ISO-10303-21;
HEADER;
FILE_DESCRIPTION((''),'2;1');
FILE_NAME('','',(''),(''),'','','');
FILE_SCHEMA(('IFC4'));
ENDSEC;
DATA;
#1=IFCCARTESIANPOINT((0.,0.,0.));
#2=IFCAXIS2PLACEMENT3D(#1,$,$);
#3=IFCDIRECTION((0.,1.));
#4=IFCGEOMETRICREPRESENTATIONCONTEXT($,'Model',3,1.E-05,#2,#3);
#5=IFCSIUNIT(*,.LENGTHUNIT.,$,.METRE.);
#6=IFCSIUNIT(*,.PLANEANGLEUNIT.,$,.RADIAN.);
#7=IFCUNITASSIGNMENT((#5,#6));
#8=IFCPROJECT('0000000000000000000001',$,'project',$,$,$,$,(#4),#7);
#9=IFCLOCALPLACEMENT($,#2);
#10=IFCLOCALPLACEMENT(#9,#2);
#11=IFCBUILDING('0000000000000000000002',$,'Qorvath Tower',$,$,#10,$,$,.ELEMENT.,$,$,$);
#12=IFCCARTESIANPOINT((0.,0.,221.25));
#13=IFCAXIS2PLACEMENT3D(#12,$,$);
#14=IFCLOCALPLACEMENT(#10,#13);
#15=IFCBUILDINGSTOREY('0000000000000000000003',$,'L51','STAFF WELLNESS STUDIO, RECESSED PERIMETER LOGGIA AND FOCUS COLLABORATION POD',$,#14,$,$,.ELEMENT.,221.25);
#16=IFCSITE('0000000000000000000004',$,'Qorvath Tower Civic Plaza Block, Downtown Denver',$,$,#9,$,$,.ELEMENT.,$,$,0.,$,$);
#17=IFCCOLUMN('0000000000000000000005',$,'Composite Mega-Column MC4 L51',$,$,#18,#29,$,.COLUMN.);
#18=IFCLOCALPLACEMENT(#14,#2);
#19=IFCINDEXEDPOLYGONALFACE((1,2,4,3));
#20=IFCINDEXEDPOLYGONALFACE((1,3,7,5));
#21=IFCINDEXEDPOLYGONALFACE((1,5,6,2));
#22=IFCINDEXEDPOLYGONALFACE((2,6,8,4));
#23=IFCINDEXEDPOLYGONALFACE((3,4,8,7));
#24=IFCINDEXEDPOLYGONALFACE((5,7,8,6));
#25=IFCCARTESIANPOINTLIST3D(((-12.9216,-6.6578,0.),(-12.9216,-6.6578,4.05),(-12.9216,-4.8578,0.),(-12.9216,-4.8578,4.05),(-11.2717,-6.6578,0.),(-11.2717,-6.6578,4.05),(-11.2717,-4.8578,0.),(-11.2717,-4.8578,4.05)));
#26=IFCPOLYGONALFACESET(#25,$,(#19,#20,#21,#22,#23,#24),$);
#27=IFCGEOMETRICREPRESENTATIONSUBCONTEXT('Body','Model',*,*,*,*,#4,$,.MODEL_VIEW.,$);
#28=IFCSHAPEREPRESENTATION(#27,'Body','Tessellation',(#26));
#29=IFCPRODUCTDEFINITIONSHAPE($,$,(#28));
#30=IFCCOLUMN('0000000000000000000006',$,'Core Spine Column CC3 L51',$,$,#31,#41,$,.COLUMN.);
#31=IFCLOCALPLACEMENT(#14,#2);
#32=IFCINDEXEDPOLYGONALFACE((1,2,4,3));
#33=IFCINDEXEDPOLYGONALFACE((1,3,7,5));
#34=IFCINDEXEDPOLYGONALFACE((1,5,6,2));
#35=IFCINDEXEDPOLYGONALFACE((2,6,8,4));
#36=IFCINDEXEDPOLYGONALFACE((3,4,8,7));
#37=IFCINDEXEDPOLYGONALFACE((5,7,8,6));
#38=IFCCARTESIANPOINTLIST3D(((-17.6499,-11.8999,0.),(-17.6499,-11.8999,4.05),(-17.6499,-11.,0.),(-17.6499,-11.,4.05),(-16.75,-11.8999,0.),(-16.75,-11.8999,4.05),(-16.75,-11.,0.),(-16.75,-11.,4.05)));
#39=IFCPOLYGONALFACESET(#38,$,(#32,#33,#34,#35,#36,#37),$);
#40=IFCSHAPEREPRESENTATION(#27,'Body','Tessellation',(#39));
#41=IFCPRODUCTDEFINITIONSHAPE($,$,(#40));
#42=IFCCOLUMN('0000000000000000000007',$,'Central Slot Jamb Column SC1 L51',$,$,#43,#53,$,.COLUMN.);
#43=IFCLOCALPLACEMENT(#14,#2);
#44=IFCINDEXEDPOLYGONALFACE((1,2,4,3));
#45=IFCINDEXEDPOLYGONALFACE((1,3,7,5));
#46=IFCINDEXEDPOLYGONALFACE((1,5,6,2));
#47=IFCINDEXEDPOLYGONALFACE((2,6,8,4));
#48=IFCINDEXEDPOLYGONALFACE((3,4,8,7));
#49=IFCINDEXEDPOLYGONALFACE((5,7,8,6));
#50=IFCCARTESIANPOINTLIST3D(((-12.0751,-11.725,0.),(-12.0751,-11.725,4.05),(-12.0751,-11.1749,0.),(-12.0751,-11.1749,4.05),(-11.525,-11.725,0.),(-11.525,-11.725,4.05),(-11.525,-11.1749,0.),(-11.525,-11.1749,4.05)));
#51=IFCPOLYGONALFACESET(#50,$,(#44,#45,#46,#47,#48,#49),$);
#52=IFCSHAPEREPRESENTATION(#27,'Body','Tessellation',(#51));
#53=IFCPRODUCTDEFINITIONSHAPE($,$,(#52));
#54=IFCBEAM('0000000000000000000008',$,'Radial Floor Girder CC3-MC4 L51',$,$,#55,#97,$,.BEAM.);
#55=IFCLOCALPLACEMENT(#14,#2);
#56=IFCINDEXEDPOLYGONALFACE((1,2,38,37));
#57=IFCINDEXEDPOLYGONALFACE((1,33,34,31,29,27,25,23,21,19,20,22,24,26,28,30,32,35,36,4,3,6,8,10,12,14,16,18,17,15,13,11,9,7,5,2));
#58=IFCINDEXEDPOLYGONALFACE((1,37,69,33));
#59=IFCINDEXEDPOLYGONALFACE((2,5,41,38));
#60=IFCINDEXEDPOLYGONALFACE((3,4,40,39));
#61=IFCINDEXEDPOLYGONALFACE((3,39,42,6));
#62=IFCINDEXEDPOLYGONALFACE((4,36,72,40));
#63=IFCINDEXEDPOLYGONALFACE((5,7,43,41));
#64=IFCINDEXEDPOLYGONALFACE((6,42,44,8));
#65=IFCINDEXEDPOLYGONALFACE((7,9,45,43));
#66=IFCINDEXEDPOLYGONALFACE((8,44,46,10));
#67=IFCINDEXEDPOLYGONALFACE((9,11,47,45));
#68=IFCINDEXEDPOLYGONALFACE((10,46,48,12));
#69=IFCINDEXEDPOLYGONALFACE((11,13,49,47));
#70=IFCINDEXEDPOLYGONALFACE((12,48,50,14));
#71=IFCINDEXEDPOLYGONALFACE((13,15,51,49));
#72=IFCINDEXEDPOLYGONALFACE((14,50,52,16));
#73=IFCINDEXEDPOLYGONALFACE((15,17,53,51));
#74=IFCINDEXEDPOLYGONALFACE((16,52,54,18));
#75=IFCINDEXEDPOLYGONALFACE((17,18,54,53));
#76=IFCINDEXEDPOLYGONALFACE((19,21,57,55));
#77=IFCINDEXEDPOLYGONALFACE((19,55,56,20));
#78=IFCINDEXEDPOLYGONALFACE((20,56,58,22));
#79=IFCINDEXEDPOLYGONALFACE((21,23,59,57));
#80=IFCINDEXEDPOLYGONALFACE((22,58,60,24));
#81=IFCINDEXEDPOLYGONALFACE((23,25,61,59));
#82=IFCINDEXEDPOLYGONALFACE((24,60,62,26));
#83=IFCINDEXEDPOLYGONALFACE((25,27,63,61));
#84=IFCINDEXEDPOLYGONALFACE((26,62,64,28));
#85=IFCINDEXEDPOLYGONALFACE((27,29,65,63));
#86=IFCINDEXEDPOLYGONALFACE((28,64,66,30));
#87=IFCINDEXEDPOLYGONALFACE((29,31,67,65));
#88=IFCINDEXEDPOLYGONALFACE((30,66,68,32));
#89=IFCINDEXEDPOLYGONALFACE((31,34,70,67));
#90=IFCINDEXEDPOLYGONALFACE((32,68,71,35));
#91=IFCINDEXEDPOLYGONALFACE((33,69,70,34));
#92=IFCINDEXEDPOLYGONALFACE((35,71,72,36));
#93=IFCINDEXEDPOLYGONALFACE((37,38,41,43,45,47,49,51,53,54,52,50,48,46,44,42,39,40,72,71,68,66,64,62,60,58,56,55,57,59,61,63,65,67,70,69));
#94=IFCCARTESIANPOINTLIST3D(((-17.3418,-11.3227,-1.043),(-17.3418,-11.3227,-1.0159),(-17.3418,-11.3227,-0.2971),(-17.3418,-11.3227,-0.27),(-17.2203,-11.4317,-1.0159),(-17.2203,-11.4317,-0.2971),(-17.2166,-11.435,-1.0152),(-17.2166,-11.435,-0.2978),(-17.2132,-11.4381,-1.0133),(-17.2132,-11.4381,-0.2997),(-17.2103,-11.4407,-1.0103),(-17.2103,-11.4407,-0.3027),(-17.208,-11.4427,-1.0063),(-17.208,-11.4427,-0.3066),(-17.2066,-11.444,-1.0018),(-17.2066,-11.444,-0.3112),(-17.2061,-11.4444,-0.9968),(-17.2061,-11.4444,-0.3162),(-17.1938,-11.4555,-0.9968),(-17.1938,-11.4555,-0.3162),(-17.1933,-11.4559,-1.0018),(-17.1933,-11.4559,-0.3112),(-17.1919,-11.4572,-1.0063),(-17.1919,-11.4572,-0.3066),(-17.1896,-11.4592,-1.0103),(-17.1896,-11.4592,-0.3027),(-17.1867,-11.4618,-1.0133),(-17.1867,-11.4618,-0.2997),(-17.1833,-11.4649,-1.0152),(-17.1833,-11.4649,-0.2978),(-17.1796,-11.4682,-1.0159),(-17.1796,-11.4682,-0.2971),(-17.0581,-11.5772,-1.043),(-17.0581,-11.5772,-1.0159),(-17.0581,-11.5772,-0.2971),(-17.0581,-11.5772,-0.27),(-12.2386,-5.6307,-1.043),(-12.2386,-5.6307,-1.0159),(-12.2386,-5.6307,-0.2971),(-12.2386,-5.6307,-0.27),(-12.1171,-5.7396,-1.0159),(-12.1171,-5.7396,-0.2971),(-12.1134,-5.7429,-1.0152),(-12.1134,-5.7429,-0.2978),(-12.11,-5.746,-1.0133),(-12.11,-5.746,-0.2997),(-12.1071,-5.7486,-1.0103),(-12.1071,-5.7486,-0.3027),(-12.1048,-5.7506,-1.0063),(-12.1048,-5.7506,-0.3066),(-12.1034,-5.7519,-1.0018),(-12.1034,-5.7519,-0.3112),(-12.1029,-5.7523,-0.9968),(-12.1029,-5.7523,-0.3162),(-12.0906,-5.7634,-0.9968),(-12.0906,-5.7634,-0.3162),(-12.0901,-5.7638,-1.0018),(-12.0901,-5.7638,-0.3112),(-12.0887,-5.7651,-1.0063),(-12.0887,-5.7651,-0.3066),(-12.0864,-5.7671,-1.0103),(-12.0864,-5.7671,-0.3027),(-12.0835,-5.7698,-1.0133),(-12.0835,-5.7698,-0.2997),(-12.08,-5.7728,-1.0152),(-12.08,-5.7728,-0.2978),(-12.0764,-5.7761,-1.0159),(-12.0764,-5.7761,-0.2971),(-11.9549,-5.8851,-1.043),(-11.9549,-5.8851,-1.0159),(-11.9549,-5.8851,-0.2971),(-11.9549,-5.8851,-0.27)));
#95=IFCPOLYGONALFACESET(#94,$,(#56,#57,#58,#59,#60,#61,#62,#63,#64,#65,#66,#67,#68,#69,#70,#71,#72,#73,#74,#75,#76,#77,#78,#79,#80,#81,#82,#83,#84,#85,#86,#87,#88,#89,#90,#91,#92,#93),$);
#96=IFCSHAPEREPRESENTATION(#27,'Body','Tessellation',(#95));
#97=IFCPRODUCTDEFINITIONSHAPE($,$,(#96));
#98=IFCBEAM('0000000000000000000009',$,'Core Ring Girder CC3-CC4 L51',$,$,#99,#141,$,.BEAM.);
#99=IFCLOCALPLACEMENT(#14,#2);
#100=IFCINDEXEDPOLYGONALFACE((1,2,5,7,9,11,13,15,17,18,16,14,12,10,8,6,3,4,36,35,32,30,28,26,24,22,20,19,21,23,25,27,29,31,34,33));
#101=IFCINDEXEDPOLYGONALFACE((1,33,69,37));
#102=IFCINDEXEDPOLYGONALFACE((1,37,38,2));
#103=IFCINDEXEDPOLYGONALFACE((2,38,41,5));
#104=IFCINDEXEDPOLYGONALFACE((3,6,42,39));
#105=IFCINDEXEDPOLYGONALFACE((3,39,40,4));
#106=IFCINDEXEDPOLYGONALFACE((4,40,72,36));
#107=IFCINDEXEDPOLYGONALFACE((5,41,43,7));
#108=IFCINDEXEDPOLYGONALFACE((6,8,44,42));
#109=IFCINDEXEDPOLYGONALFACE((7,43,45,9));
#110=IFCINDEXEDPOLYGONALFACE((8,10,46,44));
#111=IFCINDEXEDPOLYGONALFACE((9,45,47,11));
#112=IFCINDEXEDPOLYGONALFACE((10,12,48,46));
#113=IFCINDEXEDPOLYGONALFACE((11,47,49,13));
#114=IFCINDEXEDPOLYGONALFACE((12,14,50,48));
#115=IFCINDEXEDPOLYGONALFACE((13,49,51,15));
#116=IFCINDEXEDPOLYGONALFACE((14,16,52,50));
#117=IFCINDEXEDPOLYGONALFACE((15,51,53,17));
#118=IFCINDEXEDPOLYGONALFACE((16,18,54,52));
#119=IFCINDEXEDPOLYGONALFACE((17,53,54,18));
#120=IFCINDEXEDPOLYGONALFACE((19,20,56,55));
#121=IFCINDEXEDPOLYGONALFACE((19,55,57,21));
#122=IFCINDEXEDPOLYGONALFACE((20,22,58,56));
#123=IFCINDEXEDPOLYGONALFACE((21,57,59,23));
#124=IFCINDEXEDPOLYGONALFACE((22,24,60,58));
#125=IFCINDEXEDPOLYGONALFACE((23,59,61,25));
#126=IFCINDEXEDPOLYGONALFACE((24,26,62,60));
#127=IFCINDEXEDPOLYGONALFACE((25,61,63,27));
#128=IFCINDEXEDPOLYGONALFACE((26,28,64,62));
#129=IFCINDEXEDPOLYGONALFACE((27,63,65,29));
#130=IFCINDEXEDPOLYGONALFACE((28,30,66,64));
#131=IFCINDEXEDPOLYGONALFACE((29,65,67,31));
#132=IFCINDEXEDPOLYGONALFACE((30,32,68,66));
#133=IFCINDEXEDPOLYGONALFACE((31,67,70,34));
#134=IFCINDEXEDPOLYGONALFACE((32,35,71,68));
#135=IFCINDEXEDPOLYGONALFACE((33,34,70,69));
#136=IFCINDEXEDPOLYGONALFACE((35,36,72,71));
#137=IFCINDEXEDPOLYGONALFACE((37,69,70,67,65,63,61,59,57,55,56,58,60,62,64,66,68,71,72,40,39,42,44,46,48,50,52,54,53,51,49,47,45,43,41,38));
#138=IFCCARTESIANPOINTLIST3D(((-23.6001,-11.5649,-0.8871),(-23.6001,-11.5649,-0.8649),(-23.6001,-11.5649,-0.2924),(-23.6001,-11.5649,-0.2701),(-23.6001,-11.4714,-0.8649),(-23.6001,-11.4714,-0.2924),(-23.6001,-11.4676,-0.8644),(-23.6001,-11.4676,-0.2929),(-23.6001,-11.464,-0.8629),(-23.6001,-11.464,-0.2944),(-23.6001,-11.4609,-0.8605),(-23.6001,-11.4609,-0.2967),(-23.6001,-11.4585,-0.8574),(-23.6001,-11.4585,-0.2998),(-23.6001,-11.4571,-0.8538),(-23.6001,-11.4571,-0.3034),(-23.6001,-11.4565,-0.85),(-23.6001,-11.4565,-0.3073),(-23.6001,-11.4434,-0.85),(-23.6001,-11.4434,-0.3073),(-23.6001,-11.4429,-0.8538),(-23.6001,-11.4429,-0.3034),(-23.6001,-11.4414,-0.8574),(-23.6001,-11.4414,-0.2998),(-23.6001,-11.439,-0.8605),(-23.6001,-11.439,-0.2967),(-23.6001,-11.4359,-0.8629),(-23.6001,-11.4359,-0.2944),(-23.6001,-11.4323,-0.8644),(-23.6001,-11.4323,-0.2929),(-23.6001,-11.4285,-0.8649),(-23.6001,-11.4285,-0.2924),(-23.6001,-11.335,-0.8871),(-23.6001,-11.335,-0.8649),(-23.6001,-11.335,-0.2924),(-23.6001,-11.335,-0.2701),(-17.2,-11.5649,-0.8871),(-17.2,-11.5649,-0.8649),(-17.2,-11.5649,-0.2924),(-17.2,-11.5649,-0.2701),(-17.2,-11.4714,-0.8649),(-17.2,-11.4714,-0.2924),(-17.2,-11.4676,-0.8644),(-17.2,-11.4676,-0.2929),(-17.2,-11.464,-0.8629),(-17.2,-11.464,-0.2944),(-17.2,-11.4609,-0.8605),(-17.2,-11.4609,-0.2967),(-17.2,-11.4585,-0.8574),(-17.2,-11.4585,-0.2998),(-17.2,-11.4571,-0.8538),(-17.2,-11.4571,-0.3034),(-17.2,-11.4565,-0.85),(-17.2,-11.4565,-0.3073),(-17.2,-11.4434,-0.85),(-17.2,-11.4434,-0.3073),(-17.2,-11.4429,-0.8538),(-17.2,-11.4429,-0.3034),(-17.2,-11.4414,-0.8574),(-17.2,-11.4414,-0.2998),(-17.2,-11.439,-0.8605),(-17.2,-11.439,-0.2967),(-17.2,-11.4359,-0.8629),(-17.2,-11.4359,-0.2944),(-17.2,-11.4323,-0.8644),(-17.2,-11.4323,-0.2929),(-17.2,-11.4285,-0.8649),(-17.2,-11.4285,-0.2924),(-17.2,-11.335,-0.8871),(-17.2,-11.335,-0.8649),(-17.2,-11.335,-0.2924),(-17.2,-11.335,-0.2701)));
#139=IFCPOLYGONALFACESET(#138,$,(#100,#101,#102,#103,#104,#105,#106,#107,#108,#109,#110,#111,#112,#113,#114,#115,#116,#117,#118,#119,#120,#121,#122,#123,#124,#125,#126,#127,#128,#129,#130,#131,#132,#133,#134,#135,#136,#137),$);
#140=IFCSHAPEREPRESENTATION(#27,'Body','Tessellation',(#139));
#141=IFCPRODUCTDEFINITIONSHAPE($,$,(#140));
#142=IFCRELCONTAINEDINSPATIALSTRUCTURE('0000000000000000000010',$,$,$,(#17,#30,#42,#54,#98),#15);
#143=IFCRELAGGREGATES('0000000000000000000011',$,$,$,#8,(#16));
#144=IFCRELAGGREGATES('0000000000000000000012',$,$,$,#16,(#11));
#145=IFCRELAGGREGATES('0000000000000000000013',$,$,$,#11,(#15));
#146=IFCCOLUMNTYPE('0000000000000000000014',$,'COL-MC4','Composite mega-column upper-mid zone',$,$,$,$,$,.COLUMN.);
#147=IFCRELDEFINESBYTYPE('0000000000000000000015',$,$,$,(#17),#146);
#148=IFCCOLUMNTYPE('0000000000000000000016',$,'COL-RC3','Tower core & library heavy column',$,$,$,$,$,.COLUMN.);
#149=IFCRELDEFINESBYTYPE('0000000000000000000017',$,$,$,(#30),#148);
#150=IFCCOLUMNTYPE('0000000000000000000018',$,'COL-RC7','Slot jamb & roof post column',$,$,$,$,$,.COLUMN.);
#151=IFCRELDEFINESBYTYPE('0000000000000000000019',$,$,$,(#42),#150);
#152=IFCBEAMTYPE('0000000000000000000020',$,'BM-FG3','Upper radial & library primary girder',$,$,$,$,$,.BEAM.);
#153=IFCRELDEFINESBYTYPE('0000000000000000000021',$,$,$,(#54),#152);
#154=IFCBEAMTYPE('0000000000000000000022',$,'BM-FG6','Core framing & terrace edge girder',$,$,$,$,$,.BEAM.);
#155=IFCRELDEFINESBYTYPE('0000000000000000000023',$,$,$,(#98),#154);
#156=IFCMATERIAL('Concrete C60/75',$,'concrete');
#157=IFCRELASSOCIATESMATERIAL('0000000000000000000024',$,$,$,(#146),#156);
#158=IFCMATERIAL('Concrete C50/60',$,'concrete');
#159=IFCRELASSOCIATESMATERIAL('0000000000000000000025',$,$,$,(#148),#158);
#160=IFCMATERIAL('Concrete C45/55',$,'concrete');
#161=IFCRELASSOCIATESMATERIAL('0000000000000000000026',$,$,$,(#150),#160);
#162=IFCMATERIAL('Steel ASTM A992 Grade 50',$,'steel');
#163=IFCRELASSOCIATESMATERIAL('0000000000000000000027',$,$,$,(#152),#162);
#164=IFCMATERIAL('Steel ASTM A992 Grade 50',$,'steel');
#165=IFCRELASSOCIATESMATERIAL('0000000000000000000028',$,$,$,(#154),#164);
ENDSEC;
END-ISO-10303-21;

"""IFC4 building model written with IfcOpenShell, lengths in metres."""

from ifc_helpers import new_model, si_unit, direction, frame, origin, origin_2d, place, context, subcontext, project, spatial, rectangle, i_section, extrude, material, material_profile, profile_set, type_object, element, save


model = new_model("IFC4")

# Units and contexts
model_context = context("Model", 3, precision=1e-05, world=origin(), true_north=direction((0.0, 1.0)))
body_context = subcontext(model_context, "Body", "Model", "MODEL_VIEW")
ifc_project = project(units=[si_unit("LENGTHUNIT", "METRE"), si_unit("PLANEANGLEUNIT", "RADIAN")], contexts=[model_context])

# Site, building, storey
site_placement = place(None, origin())
site = spatial("IfcSite", under=ifc_project, at=site_placement, Name="Qorvath Tower Civic Plaza Block, Downtown Denver", CompositionType="ELEMENT", RefElevation=0.0)
building_placement = place(site_placement, origin())
building = spatial("IfcBuilding", under=site, at=building_placement, Name="Qorvath Tower", CompositionType="ELEMENT")
storey_placement = place(building_placement, frame((0.0, 0.0, 221.25)))
storey = spatial("IfcBuildingStorey", under=building, at=storey_placement, Name="L51", Description="STAFF WELLNESS STUDIO, RECESSED PERIMETER LOGGIA AND FOCUS COLLABORATION POD", CompositionType="ELEMENT", Elevation=221.25)

# Columns
ifc_material_1 = material(Name="Concrete C60/75", Category="concrete")
ifc_material_profile_1 = material_profile(ifc_material_1, rectangle(XDim=1.6499, YDim=1.8, at=origin_2d()), Name="MC 1800x1650")
ifc_profile_set_1 = profile_set([ifc_material_profile_1], Name="Concrete C60/75")
column_type_1 = type_object("IfcColumnType", Name="COL-MC4", Description="Composite mega-column upper-mid zone", PredefinedType="COLUMN", material=ifc_profile_set_1)
column_1_placement = place(storey_placement, frame((-12.0967, -5.7578, 0.0), z_axis=(0.0, 0.0, 1.0), x_axis=(1.0, 0.0, 0.0)))
element("IfcColumn", 1, at=column_1_placement, inside=storey, type_object=column_type_1, Name="Composite Mega-Column MC4 L51", PredefinedType="COLUMN", context=body_context, shape_type="SweptSolid", body=[
    extrude(rectangle(XDim=1.6499, YDim=1.8, at=origin_2d()), origin(), (0.0, 0.0, 1.0), 4.05),
])
ifc_material_2 = material(Name="Concrete C50/60", Category="concrete")
ifc_material_profile_2 = material_profile(ifc_material_2, rectangle(XDim=0.8999, YDim=0.8999, at=origin_2d()), Name="RC 900x900")
ifc_profile_set_2 = profile_set([ifc_material_profile_2], Name="Concrete C50/60")
column_type_2 = type_object("IfcColumnType", Name="COL-RC3", Description="Tower core & library heavy column", PredefinedType="COLUMN", material=ifc_profile_set_2)
column_2_placement = place(storey_placement, frame((-17.2, -11.45, 0.0), z_axis=(0.0, 0.0, 1.0), x_axis=(1.0, 0.0, 0.0)))
element("IfcColumn", 2, at=column_2_placement, inside=storey, type_object=column_type_2, Name="Core Spine Column CC3 L51", PredefinedType="COLUMN", context=body_context, shape_type="SweptSolid", body=[
    extrude(rectangle(XDim=0.8999, YDim=0.8999, at=origin_2d()), origin(), (0.0, 0.0, 1.0), 4.05),
])
ifc_material_3 = material(Name="Concrete C45/55", Category="concrete")
ifc_material_profile_3 = material_profile(ifc_material_3, rectangle(XDim=0.55, YDim=0.55, at=origin_2d()), Name="RC 550x550")
ifc_profile_set_3 = profile_set([ifc_material_profile_3], Name="Concrete C45/55")
column_type_3 = type_object("IfcColumnType", Name="COL-RC7", Description="Slot jamb & roof post column", PredefinedType="COLUMN", material=ifc_profile_set_3)
column_3_placement = place(storey_placement, frame((-11.8, -11.45, 0.0), z_axis=(0.0, 0.0, 1.0), x_axis=(1.0, 0.0, 0.0)))
element("IfcColumn", 3, at=column_3_placement, inside=storey, type_object=column_type_3, Name="Central Slot Jamb Column SC1 L51", PredefinedType="COLUMN", context=body_context, shape_type="SweptSolid", body=[
    extrude(rectangle(XDim=0.55, YDim=0.55, at=origin_2d()), origin(), (0.0, 0.0, 1.0), 4.05),
])

# Beams
ifc_material_4 = material(Name="Steel ASTM A992 Grade 50", Category="steel")
ifc_material_profile_4 = material_profile(ifc_material_4, i_section(OverallWidth=0.3811, OverallDepth=0.7729, WebThickness=0.0166, FlangeThickness=0.0271, FilletRadius=0.019, at=origin_2d()), Name="W30x173")
ifc_profile_set_4 = profile_set([ifc_material_profile_4], Name="Steel ASTM A992 Grade 50")
beam_type_1 = type_object("IfcBeamType", Name="BM-FG3", Description="Upper radial & library primary girder", PredefinedType="BEAM", material=ifc_profile_set_4)
beam_1_placement = place(storey_placement, frame((-17.2, -11.45, -0.6565), z_axis=(0.667543, 0.744571, 0.0), x_axis=(-0.744571, 0.667543, 0.0)))
element("IfcBeam", 4, at=beam_1_placement, inside=storey, type_object=beam_type_1, Name="Radial Floor Girder CC3-MC4 L51", PredefinedType="BEAM", context=body_context, shape_type="SweptSolid", body=[
    extrude(i_section(OverallWidth=0.3811, OverallDepth=0.7729, WebThickness=0.0166, FlangeThickness=0.0271, FilletRadius=0.019, at=origin_2d()), origin(), (0.0, 0.0, 1.0), 7.6448),
])
ifc_material_5 = material(Name="Steel ASTM A992 Grade 50", Category="steel")
ifc_material_profile_5 = material_profile(ifc_material_5, i_section(OverallWidth=0.23, OverallDepth=0.6169, WebThickness=0.0132, FlangeThickness=0.0222, FilletRadius=0.0149, at=origin_2d()), Name="W24x94")
ifc_profile_set_5 = profile_set([ifc_material_profile_5], Name="Steel ASTM A992 Grade 50")
beam_type_2 = type_object("IfcBeamType", Name="BM-FG6", Description="Core framing & terrace edge girder", PredefinedType="BEAM", material=ifc_profile_set_5)
beam_2_placement = place(storey_placement, frame((-17.2, -11.45, -0.5786), z_axis=(-1.0, 0.0, 0.0), x_axis=(0.0, -1.0, 0.0)))
element("IfcBeam", 5, at=beam_2_placement, inside=storey, type_object=beam_type_2, Name="Core Ring Girder CC3-CC4 L51", PredefinedType="BEAM", context=body_context, shape_type="SweptSolid", body=[
    extrude(i_section(OverallWidth=0.23, OverallDepth=0.6169, WebThickness=0.0132, FlangeThickness=0.0222, FilletRadius=0.0149, at=origin_2d()), origin(), (0.0, 0.0, 1.0), 6.4001),
])

save(model, "model.ifc")
